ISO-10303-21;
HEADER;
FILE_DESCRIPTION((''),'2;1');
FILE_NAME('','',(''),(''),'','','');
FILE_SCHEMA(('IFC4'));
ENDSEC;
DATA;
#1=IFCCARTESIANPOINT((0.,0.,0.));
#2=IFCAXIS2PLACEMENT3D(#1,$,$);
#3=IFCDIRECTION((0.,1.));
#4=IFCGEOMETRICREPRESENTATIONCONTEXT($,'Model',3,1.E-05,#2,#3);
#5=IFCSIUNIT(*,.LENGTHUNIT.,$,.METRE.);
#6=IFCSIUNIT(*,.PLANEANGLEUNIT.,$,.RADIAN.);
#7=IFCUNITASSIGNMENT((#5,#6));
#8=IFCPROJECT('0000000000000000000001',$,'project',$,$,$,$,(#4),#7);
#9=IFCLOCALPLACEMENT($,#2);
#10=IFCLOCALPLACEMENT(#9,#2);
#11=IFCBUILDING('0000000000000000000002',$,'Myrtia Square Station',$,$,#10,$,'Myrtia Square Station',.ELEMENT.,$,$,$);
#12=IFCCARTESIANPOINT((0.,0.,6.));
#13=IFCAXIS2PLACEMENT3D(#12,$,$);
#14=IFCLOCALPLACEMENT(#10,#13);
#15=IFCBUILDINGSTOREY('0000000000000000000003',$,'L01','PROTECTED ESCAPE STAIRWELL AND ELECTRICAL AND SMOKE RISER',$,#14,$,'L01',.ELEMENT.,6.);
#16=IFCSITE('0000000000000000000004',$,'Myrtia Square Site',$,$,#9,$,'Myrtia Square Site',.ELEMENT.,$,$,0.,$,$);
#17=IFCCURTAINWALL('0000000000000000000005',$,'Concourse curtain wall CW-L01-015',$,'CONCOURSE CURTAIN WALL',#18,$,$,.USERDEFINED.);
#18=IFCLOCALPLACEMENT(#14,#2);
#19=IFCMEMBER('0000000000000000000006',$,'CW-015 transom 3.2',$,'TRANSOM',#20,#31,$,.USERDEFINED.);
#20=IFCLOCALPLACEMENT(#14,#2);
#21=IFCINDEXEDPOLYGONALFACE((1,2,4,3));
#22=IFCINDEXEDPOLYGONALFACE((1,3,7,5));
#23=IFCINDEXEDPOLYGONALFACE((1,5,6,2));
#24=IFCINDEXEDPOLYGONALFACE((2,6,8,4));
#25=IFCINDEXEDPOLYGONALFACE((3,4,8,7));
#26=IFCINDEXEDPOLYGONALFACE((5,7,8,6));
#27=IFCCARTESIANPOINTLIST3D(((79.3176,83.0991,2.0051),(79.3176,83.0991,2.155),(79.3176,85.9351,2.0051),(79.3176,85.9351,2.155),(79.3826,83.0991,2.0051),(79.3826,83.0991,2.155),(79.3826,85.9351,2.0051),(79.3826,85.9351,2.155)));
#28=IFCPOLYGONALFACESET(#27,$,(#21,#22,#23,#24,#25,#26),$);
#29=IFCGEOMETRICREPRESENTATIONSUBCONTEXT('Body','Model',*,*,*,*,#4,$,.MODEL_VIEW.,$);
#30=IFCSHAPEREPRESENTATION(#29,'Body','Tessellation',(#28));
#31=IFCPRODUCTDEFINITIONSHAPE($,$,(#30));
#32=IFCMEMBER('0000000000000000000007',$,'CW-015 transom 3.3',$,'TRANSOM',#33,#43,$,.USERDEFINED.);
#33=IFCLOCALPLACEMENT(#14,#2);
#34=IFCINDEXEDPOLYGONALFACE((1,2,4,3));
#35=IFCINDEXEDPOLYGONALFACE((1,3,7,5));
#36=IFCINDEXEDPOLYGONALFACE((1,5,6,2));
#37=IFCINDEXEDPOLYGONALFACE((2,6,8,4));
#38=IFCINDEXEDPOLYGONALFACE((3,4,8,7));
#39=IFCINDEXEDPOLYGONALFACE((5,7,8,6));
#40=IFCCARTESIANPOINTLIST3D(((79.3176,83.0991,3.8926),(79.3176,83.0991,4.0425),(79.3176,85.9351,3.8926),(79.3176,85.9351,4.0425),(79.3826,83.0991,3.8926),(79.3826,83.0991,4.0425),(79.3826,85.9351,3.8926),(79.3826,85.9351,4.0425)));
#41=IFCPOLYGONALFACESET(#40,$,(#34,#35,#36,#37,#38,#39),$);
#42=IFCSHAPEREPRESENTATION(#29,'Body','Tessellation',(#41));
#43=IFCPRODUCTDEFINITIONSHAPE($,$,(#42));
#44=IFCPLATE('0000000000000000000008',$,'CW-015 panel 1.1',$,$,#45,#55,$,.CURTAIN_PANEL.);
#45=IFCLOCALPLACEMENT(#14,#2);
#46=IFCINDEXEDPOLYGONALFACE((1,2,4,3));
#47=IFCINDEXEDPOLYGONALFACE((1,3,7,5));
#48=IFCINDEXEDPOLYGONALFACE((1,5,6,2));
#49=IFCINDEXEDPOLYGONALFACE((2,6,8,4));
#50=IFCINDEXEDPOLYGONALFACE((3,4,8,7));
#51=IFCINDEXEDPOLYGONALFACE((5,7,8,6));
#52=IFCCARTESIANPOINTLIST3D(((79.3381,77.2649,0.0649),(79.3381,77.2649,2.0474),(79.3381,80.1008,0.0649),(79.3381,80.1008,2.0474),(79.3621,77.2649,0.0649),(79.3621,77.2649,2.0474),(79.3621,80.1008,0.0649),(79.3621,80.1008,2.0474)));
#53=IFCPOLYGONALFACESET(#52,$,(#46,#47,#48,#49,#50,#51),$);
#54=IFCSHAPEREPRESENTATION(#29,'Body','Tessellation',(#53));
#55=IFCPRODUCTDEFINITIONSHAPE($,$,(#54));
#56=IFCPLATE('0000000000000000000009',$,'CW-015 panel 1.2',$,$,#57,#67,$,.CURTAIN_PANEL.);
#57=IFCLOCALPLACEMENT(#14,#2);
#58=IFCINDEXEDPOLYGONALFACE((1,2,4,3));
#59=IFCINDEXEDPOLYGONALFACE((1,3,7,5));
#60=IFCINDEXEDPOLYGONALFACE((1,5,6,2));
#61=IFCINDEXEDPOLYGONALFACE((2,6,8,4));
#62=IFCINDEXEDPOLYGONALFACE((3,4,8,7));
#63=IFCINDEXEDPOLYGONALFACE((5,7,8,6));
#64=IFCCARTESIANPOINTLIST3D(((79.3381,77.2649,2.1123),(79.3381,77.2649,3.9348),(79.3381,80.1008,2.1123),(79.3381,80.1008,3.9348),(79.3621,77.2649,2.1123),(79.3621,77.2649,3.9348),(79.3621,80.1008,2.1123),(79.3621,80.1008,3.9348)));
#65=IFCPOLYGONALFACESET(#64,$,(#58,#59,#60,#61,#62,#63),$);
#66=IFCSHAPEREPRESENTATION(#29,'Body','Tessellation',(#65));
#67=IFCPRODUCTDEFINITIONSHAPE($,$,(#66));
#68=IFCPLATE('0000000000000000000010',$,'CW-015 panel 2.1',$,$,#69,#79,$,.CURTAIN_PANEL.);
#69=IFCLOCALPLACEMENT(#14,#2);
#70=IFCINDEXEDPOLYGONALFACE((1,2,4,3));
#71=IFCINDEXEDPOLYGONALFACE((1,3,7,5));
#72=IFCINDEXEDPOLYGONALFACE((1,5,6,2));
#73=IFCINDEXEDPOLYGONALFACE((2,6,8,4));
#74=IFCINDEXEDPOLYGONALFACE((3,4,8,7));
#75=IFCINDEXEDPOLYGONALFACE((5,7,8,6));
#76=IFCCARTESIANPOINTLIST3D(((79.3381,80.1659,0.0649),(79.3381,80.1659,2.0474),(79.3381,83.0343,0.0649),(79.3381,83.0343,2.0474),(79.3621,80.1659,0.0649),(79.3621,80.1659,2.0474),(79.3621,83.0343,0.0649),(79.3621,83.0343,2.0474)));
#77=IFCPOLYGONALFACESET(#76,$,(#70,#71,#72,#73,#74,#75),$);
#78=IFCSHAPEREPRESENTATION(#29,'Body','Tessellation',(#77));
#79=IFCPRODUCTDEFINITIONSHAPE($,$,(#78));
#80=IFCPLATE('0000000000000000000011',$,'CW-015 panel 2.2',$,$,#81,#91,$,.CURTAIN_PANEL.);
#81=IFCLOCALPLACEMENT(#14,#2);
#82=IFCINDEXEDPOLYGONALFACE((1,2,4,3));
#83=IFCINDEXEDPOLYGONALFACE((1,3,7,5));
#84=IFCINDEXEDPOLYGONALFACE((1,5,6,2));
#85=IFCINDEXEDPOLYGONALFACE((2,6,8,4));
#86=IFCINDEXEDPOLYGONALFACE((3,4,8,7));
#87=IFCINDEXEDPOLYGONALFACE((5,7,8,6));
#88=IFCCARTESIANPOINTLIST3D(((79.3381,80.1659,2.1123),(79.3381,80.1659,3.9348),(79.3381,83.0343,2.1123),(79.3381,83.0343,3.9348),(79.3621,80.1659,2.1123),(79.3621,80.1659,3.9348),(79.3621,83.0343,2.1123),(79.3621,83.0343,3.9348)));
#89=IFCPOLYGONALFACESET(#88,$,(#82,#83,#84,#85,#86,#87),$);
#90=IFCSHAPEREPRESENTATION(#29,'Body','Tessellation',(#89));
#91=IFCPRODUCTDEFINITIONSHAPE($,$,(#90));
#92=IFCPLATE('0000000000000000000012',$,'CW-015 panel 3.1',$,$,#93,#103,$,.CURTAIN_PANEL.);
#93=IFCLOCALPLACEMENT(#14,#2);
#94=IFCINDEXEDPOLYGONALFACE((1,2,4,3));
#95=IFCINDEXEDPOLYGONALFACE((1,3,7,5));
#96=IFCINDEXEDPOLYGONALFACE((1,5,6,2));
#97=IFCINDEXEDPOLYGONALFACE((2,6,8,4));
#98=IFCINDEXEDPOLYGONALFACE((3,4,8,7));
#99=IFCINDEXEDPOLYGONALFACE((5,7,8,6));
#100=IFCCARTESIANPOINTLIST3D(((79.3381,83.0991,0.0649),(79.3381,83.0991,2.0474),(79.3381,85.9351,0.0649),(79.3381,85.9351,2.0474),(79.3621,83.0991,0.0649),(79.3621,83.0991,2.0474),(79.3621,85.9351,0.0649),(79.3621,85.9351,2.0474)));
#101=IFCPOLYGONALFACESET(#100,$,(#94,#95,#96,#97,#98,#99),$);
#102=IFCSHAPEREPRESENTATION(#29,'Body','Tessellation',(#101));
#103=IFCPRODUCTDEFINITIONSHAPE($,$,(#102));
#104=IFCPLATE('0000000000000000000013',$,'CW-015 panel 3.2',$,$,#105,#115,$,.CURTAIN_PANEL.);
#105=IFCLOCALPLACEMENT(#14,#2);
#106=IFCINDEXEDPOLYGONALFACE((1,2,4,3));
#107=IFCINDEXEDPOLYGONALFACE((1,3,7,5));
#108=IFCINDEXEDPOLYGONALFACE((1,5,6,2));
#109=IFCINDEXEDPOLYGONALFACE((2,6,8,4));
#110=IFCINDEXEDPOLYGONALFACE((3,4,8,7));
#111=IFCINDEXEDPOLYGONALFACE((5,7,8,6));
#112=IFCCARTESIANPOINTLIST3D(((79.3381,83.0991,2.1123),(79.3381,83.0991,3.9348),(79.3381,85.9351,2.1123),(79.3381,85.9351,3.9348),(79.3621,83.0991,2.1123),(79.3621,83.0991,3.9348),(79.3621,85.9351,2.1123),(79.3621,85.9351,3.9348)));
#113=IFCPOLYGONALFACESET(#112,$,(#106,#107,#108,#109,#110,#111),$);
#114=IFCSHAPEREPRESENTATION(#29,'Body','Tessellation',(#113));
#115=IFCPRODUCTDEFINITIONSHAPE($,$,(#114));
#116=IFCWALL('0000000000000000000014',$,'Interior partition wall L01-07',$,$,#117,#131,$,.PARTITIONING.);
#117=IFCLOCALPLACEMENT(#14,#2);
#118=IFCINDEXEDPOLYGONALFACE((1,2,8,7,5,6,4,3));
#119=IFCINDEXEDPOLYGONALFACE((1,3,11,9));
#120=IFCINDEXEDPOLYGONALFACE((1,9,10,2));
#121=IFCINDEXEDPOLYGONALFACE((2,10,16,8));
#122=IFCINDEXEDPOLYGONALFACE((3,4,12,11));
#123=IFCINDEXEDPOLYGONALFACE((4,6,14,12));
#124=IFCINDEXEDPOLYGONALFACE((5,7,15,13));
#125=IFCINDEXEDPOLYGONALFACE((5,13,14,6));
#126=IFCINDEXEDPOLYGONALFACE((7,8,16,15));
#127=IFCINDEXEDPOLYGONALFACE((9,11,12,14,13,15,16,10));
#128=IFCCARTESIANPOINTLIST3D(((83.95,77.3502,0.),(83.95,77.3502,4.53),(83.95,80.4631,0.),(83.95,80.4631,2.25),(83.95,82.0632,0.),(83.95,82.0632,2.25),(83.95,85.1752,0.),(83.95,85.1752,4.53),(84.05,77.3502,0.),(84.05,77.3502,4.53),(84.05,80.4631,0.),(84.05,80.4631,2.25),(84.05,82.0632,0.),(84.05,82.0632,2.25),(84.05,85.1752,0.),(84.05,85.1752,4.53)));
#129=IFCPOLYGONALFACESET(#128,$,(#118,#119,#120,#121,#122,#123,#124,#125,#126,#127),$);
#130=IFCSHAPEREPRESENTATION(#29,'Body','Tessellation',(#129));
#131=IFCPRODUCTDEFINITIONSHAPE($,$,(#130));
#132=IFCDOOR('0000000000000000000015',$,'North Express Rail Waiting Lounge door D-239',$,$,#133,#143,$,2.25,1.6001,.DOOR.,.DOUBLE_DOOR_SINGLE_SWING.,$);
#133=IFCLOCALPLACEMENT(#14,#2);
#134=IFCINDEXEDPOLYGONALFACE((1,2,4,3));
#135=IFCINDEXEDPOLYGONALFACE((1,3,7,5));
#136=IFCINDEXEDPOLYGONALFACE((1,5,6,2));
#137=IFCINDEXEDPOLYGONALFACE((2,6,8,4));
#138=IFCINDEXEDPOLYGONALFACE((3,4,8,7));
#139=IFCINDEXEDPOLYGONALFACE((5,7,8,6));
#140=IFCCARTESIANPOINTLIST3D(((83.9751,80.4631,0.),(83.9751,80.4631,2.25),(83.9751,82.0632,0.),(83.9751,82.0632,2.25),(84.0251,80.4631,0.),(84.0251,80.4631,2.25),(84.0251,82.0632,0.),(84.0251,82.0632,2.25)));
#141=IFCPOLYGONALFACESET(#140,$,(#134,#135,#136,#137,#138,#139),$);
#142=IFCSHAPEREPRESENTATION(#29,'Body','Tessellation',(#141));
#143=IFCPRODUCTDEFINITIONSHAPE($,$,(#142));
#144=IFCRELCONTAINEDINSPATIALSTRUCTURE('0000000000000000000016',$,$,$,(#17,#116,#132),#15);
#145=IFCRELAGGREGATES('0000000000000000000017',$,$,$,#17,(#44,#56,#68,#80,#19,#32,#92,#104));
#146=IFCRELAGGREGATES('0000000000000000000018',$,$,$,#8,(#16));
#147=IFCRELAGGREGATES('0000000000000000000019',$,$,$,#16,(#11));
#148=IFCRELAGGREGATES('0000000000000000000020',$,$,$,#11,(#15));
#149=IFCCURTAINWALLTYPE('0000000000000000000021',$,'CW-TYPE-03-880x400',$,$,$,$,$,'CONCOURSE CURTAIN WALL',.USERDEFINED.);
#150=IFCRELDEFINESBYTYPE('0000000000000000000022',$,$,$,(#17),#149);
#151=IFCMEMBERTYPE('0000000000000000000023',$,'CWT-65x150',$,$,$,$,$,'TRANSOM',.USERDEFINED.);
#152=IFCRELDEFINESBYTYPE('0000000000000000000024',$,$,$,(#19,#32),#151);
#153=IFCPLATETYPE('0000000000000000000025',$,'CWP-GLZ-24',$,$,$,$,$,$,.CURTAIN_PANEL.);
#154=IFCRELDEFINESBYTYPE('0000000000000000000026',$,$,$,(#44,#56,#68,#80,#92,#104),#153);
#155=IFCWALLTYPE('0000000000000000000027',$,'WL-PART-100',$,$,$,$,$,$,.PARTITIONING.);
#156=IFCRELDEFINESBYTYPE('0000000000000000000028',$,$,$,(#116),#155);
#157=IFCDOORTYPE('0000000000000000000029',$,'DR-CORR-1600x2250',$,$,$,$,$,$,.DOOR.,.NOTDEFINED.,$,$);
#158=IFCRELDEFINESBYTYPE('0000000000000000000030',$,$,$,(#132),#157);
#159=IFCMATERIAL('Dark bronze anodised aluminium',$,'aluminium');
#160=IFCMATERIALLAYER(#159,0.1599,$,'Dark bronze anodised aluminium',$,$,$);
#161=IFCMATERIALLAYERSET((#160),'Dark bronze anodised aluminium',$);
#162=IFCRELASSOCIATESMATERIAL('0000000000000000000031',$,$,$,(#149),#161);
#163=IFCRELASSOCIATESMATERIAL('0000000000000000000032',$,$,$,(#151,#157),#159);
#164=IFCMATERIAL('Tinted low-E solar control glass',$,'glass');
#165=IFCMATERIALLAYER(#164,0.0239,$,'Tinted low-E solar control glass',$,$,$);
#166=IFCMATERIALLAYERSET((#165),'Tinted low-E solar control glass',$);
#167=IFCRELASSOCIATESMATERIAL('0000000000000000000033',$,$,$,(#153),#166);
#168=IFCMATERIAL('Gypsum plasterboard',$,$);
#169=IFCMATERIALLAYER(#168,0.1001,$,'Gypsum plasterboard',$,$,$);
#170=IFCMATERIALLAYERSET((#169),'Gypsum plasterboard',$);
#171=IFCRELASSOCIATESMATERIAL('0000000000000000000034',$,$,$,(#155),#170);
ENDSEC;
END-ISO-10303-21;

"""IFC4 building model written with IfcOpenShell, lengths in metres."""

from ifc_helpers import new_model, si_unit, direction, frame, frame_2d, origin, origin_2d, place, context, subcontext, project, spatial, rectangle, extrude, material, layer, layer_set, material_profile, profile_set, type_object, element, fill, aggregate, save


model = new_model("IFC4")

# Units and contexts
model_context = context("Model", 3, precision=1e-05, world=origin(), true_north=direction((0.0, 1.0)))
body_context = subcontext(model_context, "Body", "Model", "MODEL_VIEW")
ifc_project = project(units=[si_unit("LENGTHUNIT", "METRE"), si_unit("PLANEANGLEUNIT", "RADIAN")], contexts=[model_context])

# Site, building, storey
site_placement = place(None, origin())
site = spatial("IfcSite", under=ifc_project, at=site_placement, Name="Myrtia Square Site", LongName="Myrtia Square Site", CompositionType="ELEMENT", RefElevation=0.0)
building_placement = place(site_placement, origin())
building = spatial("IfcBuilding", under=site, at=building_placement, Name="Myrtia Square Station", LongName="Myrtia Square Station", CompositionType="ELEMENT")
storey_placement = place(building_placement, frame((0.0, 0.0, 6.0)))
storey = spatial("IfcBuildingStorey", under=building, at=storey_placement, Name="L01", Description="PROTECTED ESCAPE STAIRWELL AND ELECTRICAL AND SMOKE RISER", LongName="L01", CompositionType="ELEMENT", Elevation=6.0)

# Curtain wall, members, plates
ifc_material_1 = material(Name="Dark bronze anodised aluminium", Category="aluminium")
ifc_layer_1 = layer(ifc_material_1, 0.1599, Name="Dark bronze anodised aluminium")
ifc_layer_set_1 = layer_set([ifc_layer_1], Name="Dark bronze anodised aluminium")
curtain_wall_type = type_object("IfcCurtainWallType", Name="CW-TYPE-03-880x400", ElementType="CONCOURSE CURTAIN WALL", PredefinedType="USERDEFINED", material=ifc_layer_set_1)
curtain_wall_placement = place(storey_placement, origin())
curtain_wall = element("IfcCurtainWall", 1, at=curtain_wall_placement, inside=storey, type_object=curtain_wall_type, Name="Concourse curtain wall CW-L01-015", ObjectType="CONCOURSE CURTAIN WALL", PredefinedType="USERDEFINED")
ifc_material_profile_1 = material_profile(ifc_material_1, rectangle(XDim=0.0649, YDim=0.1499, at=origin_2d()), Name="ALU-T 65x150")
ifc_profile_set_1 = profile_set([ifc_material_profile_1], Name="Dark bronze anodised aluminium")
member_type_1 = type_object("IfcMemberType", Name="CWT-65x150", ElementType="TRANSOM", PredefinedType="USERDEFINED", material=ifc_profile_set_1)
member_1_placement = place(storey_placement, frame((79.3501, 83.0991, 2.0801), z_axis=(0.0, 1.0, 0.0), x_axis=(-1.0, 0.0, 0.0)))
member_1 = element("IfcMember", 2, at=member_1_placement, type_object=member_type_1, Name="CW-015 transom 3.2", ObjectType="TRANSOM", PredefinedType="USERDEFINED", context=body_context, shape_type="SweptSolid", body=[
    extrude(rectangle(XDim=0.0649, YDim=0.1499, at=origin_2d()), origin(), (0.0, 0.0, 1.0), 2.8359),
])
member_2_placement = place(storey_placement, frame((79.3501, 83.0991, 3.9675), z_axis=(0.0, 1.0, 0.0), x_axis=(-1.0, 0.0, 0.0)))
member_2 = element("IfcMember", 3, at=member_2_placement, type_object=member_type_1, Name="CW-015 transom 3.3", ObjectType="TRANSOM", PredefinedType="USERDEFINED", context=body_context, shape_type="SweptSolid", body=[
    extrude(rectangle(XDim=0.0649, YDim=0.1499, at=origin_2d()), origin(), (0.0, 0.0, 1.0), 2.8359),
])
ifc_material_2 = material(Name="Tinted low-E solar control glass", Category="glass")
ifc_layer_2 = layer(ifc_material_2, 0.0239, Name="Tinted low-E solar control glass")
ifc_layer_set_2 = layer_set([ifc_layer_2], Name="Tinted low-E solar control glass")
plate_type = type_object("IfcPlateType", Name="CWP-GLZ-24", PredefinedType="CURTAIN_PANEL", material=ifc_layer_set_2)
plate_1_placement = place(storey_placement, frame((79.3501, 78.6829, 0.0649), z_axis=(0.0, 0.0, 1.0), x_axis=(0.0, 1.0, 0.0)))
plate_1 = element("IfcPlate", 4, at=plate_1_placement, type_object=plate_type, Name="CW-015 panel 1.1", PredefinedType="CURTAIN_PANEL", context=body_context, shape_type="SweptSolid", body=[
    extrude(rectangle(XDim=2.8359, YDim=0.0239, at=origin_2d()), origin(), (0.0, 0.0, 1.0), 1.9824),
])
plate_2_placement = place(storey_placement, frame((79.3501, 78.6829, 2.1123), z_axis=(0.0, 0.0, 1.0), x_axis=(0.0, 1.0, 0.0)))
plate_2 = element("IfcPlate", 5, at=plate_2_placement, type_object=plate_type, Name="CW-015 panel 1.2", PredefinedType="CURTAIN_PANEL", context=body_context, shape_type="SweptSolid", body=[
    extrude(rectangle(XDim=2.8359, YDim=0.0239, at=origin_2d()), origin(), (0.0, 0.0, 1.0), 1.8225),
])
plate_3_placement = place(storey_placement, frame((79.3501, 81.6001, 0.0649), z_axis=(0.0, 0.0, 1.0), x_axis=(0.0, 1.0, 0.0)))
plate_3 = element("IfcPlate", 6, at=plate_3_placement, type_object=plate_type, Name="CW-015 panel 2.1", PredefinedType="CURTAIN_PANEL", context=body_context, shape_type="SweptSolid", body=[
    extrude(rectangle(XDim=2.8684, YDim=0.0239, at=origin_2d()), origin(), (0.0, 0.0, 1.0), 1.9824),
])
plate_4_placement = place(storey_placement, frame((79.3501, 81.6001, 2.1123), z_axis=(0.0, 0.0, 1.0), x_axis=(0.0, 1.0, 0.0)))
plate_4 = element("IfcPlate", 7, at=plate_4_placement, type_object=plate_type, Name="CW-015 panel 2.2", PredefinedType="CURTAIN_PANEL", context=body_context, shape_type="SweptSolid", body=[
    extrude(rectangle(XDim=2.8684, YDim=0.0239, at=origin_2d()), origin(), (0.0, 0.0, 1.0), 1.8225),
])
plate_5_placement = place(storey_placement, frame((79.3501, 84.5171, 0.0649), z_axis=(0.0, 0.0, 1.0), x_axis=(0.0, 1.0, 0.0)))
plate_5 = element("IfcPlate", 8, at=plate_5_placement, type_object=plate_type, Name="CW-015 panel 3.1", PredefinedType="CURTAIN_PANEL", context=body_context, shape_type="SweptSolid", body=[
    extrude(rectangle(XDim=2.8359, YDim=0.0239, at=origin_2d()), origin(), (0.0, 0.0, 1.0), 1.9824),
])
plate_6_placement = place(storey_placement, frame((79.3501, 84.5171, 2.1123), z_axis=(0.0, 0.0, 1.0), x_axis=(0.0, 1.0, 0.0)))
plate_6 = element("IfcPlate", 9, at=plate_6_placement, type_object=plate_type, Name="CW-015 panel 3.2", PredefinedType="CURTAIN_PANEL", context=body_context, shape_type="SweptSolid", body=[
    extrude(rectangle(XDim=2.8359, YDim=0.0239, at=origin_2d()), origin(), (0.0, 0.0, 1.0), 1.8225),
])
aggregate(curtain_wall, [plate_1, plate_2, plate_3, plate_4, member_1, member_2, plate_5, plate_6])

# Wall, opening, door
ifc_material_3 = material(Name="Gypsum plasterboard")
ifc_layer_3 = layer(ifc_material_3, 0.1001, Name="Gypsum plasterboard")
ifc_layer_set_3 = layer_set([ifc_layer_3], Name="Gypsum plasterboard")
wall_type = type_object("IfcWallType", Name="WL-PART-100", PredefinedType="PARTITIONING", material=ifc_layer_set_3)
wall_placement = place(storey_placement, frame((84.0, 77.3501, 0.0), z_axis=(0.0, 0.0, 1.0), x_axis=(0.0, 1.0, 0.0)))
wall = element("IfcWall", 10, at=wall_placement, inside=storey, type_object=wall_type, Name="Interior partition wall L01-07", PredefinedType="PARTITIONING", context=body_context, shape_type="SweptSolid", body=[
    extrude(rectangle(XDim=7.825, YDim=0.1001, at=frame_2d((3.9126, 0.0))), origin(), (0.0, 0.0, 1.0), 4.53),
])
opening_placement = place(wall_placement, frame((3.113, 0.0, 0.0)))
opening = element("IfcOpeningElement", 11, at=opening_placement, cuts=wall, PredefinedType="OPENING", context=body_context, shape_type="SweptSolid", body=[
    extrude(rectangle(XDim=1.6001, YDim=2.25, at=frame_2d((0.8, 1.125))), frame((0.0, 0.0649, 0.0), z_axis=(0.0, -1.0, 0.0), x_axis=(1.0, 0.0, 0.0)), (0.0, 0.0, 1.0), 0.1301),
])
door_type = type_object("IfcDoorType", Name="DR-CORR-1600x2250", OperationType="NOTDEFINED", PredefinedType="DOOR", material=ifc_material_1)
door_placement = place(opening_placement, origin())
door = element("IfcDoor", 12, at=door_placement, inside=storey, type_object=door_type, Name="North Express Rail Waiting Lounge door D-239", OperationType="DOUBLE_DOOR_SINGLE_SWING", OverallHeight=2.25, OverallWidth=1.6001, PredefinedType="DOOR", context=body_context, shape_type="SweptSolid", body=[
    extrude(rectangle(XDim=1.6001, YDim=2.25, at=frame_2d((0.8, 1.125))), frame((0.0, 0.0249, 0.0), z_axis=(0.0, -1.0, 0.0), x_axis=(1.0, 0.0, 0.0)), (0.0, 0.0, 1.0), 0.05),
])
fill(opening, door)

save(model, "model.ifc")
